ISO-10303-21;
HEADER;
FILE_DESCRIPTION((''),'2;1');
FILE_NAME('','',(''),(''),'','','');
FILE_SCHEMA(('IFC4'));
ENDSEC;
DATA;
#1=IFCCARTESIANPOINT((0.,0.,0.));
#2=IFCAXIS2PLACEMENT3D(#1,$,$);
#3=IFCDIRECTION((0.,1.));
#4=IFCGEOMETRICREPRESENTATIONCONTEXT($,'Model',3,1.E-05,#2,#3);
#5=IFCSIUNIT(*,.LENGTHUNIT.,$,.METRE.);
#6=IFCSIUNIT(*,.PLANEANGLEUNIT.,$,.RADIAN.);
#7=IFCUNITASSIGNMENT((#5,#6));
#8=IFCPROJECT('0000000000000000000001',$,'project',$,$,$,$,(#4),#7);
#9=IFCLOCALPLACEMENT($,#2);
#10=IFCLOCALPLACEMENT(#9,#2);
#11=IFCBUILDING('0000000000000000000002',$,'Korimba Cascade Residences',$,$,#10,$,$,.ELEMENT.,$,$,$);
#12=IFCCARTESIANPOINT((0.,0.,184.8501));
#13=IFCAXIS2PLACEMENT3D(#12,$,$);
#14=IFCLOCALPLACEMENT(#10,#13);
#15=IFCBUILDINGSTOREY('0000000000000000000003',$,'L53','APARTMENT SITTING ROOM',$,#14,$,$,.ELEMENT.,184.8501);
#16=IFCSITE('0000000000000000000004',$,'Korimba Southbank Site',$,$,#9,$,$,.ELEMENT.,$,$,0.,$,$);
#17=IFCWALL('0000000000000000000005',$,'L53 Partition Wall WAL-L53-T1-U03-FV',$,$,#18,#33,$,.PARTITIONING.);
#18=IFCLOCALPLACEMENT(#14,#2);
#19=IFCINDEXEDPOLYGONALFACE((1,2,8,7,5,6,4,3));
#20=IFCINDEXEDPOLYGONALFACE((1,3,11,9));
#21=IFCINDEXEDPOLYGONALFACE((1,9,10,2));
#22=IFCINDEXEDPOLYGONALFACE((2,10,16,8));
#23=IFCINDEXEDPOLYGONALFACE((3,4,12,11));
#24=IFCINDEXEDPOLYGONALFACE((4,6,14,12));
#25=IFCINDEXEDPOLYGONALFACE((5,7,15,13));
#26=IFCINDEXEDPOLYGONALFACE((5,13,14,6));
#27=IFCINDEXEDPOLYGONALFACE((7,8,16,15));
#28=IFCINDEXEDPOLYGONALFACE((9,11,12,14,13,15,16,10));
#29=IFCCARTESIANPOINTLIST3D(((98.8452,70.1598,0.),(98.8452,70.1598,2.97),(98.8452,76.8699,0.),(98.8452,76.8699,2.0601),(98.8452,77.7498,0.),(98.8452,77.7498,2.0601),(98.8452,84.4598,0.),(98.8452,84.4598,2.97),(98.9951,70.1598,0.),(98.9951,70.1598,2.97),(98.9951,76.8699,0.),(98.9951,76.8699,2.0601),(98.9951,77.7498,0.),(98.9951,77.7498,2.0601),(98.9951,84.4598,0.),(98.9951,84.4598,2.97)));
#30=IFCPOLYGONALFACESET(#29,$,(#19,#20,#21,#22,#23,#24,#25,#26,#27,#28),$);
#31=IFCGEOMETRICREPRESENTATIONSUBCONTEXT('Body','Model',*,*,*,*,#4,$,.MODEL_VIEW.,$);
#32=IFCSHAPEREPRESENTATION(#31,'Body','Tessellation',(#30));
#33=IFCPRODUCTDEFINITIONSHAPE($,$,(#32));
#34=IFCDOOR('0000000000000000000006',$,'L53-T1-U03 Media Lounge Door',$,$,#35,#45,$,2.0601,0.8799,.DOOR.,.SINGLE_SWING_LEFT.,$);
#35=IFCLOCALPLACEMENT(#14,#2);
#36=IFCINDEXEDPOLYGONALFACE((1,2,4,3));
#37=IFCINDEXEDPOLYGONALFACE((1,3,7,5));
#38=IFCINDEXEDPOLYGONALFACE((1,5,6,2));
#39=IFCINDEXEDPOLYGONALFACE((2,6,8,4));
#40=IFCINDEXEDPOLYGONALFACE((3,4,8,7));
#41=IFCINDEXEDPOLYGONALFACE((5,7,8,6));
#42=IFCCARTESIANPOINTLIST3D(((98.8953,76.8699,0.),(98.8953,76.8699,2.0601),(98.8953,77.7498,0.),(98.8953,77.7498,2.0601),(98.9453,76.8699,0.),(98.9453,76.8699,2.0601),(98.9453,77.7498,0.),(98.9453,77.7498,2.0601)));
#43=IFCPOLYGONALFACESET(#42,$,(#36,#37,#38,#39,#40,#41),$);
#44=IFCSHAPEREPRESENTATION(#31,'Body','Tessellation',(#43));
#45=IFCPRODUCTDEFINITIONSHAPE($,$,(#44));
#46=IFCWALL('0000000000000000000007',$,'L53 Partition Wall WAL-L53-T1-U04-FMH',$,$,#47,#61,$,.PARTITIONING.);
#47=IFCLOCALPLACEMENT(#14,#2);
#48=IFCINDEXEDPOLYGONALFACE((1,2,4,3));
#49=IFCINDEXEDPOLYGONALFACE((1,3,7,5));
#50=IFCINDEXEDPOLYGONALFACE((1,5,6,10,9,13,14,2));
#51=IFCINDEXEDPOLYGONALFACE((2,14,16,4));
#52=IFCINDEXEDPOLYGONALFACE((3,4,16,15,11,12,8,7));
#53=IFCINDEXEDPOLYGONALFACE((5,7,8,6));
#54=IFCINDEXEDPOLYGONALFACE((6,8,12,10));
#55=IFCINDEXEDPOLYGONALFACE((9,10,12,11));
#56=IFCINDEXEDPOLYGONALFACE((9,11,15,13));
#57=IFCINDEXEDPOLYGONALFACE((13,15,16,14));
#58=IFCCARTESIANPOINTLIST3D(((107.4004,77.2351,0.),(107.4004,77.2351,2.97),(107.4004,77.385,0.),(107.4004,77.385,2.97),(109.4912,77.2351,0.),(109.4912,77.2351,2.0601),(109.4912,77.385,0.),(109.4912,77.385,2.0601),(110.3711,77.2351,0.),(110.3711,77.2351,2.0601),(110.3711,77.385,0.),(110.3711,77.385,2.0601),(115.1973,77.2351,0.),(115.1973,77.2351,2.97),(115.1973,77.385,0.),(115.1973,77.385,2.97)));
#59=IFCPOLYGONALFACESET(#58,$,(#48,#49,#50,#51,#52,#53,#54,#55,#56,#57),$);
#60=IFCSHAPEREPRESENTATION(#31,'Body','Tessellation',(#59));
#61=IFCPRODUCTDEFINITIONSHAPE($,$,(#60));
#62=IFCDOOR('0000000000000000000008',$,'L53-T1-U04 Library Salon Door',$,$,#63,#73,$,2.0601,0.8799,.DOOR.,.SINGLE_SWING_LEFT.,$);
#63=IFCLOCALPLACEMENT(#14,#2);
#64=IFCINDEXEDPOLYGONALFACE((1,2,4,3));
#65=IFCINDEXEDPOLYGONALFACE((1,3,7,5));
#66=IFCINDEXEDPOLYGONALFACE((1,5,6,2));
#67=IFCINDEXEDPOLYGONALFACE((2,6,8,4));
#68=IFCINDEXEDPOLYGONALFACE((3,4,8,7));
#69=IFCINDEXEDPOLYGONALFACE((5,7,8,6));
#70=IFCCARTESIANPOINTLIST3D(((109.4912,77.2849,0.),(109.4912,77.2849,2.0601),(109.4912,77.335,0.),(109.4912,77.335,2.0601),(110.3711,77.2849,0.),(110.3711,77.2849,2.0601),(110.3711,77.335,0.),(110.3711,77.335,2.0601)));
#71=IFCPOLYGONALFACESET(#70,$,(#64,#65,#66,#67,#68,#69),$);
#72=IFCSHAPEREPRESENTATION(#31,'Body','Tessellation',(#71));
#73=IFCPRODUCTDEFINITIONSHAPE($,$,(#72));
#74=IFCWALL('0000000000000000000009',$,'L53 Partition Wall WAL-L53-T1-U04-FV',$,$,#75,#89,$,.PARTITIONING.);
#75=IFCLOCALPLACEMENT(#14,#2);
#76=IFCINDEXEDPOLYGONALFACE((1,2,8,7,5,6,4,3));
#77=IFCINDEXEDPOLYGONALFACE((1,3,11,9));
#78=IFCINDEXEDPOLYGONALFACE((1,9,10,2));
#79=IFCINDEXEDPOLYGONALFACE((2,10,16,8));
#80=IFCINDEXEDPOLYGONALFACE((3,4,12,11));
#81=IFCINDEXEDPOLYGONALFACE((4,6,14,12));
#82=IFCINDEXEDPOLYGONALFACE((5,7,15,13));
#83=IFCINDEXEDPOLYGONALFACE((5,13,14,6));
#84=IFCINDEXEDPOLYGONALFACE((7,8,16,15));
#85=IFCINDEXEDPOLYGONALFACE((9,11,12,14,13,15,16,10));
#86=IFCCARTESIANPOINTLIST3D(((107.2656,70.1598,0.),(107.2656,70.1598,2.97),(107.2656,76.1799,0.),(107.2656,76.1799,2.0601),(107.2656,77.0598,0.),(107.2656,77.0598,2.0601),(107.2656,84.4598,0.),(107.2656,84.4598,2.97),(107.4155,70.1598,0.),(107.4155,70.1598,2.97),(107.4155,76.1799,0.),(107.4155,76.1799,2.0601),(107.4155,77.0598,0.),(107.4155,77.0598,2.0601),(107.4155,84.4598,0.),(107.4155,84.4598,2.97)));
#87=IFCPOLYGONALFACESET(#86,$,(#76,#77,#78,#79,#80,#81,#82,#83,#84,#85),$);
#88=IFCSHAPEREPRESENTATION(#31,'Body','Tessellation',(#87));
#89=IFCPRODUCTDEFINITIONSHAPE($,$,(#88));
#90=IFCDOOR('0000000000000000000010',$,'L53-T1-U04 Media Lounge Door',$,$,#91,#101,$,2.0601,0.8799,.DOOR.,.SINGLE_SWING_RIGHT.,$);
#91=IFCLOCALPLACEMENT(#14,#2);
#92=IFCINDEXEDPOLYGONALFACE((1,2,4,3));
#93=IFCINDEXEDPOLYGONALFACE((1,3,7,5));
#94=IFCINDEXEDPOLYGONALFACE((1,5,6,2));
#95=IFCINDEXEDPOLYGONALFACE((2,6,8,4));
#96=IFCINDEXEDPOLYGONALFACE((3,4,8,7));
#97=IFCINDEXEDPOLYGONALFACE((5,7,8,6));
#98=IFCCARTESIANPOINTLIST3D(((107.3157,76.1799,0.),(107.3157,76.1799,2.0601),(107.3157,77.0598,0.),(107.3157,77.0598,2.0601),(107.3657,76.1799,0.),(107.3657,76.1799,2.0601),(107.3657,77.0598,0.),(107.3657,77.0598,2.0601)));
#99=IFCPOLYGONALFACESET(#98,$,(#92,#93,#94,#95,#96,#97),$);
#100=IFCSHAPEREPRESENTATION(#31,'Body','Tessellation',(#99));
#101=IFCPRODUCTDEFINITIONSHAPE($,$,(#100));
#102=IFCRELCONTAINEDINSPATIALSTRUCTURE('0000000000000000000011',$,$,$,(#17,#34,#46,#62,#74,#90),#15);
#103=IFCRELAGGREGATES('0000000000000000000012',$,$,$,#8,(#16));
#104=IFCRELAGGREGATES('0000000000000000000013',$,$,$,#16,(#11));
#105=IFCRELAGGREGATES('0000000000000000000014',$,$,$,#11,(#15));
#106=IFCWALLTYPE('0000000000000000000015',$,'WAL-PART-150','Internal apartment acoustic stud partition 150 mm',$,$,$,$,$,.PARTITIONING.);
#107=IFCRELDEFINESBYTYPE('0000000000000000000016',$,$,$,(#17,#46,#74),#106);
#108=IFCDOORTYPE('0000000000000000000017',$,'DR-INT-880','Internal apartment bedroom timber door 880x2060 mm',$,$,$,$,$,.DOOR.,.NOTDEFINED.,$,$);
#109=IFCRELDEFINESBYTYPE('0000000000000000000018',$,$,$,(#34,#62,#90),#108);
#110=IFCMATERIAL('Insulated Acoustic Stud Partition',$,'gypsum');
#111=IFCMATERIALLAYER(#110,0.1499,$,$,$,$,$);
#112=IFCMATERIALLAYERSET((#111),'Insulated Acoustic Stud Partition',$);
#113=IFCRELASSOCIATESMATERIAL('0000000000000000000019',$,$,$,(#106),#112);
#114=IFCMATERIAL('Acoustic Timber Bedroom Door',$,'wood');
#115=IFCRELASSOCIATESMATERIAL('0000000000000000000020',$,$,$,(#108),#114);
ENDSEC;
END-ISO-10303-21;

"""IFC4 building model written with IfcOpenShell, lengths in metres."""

from ifc_helpers import new_model, si_unit, direction, frame, frame_2d, origin, place, context, subcontext, project, spatial, rectangle, extrude, material, layer, layer_set, type_object, element, fill, save


model = new_model("IFC4")

# Units and contexts
model_context = context("Model", 3, precision=1e-05, world=origin(), true_north=direction((0.0, 1.0)))
body_context = subcontext(model_context, "Body", "Model", "MODEL_VIEW")
ifc_project = project(units=[si_unit("LENGTHUNIT", "METRE"), si_unit("PLANEANGLEUNIT", "RADIAN")], contexts=[model_context])

# Site, building, storey
site_placement = place(None, origin())
site = spatial("IfcSite", under=ifc_project, at=site_placement, Name="Korimba Southbank Site", CompositionType="ELEMENT", RefElevation=0.0)
building_placement = place(site_placement, origin())
building = spatial("IfcBuilding", under=site, at=building_placement, Name="Korimba Cascade Residences", CompositionType="ELEMENT")
storey_placement = place(building_placement, frame((0.0, 0.0, 184.8501)))
storey = spatial("IfcBuildingStorey", under=building, at=storey_placement, Name="L53", Description="APARTMENT SITTING ROOM", CompositionType="ELEMENT", Elevation=184.8501)

# Walls, openings, doors
ifc_material_1 = material(Name="Insulated Acoustic Stud Partition", Category="gypsum")
ifc_layer_1 = layer(ifc_material_1, 0.1499)
ifc_layer_set_1 = layer_set([ifc_layer_1], Name="Insulated Acoustic Stud Partition")
wall_type_1 = type_object("IfcWallType", Name="WAL-PART-150", Description="Internal apartment acoustic stud partition 150 mm", PredefinedType="PARTITIONING", material=ifc_layer_set_1)
wall_1_placement = place(storey_placement, frame((98.9202, 70.1599, 0.0), z_axis=(0.0, 0.0, 1.0), x_axis=(0.0, 1.0, 0.0)))
wall_1 = element("IfcWall", 1, at=wall_1_placement, inside=storey, type_object=wall_type_1, Name="L53 Partition Wall WAL-L53-T1-U03-FV", PredefinedType="PARTITIONING", context=body_context, shape_type="SweptSolid", body=[
    extrude(rectangle(XDim=14.3, YDim=0.1499, at=frame_2d((7.1499, 0.0))), origin(), (0.0, 0.0, 1.0), 2.97),
])
opening_1_placement = place(wall_1_placement, frame((6.71, 0.0, 0.0)))
opening_1 = element("IfcOpeningElement", 2, at=opening_1_placement, cuts=wall_1, PredefinedType="OPENING", context=body_context, shape_type="SweptSolid", body=[
    extrude(rectangle(XDim=0.8799, YDim=2.0601, at=frame_2d((0.4399, 1.03))), frame((0.0, 0.085, 0.0), z_axis=(0.0, -1.0, 0.0), x_axis=(1.0, 0.0, 0.0)), (0.0, 0.0, 1.0), 0.1699),
])
ifc_material_2 = material(Name="Acoustic Timber Bedroom Door", Category="wood")
door_type = type_object("IfcDoorType", Name="DR-INT-880", Description="Internal apartment bedroom timber door 880x2060 mm", OperationType="NOTDEFINED", PredefinedType="DOOR", material=ifc_material_2)
door_1_placement = place(opening_1_placement, origin())
door_1 = element("IfcDoor", 3, at=door_1_placement, inside=storey, type_object=door_type, Name="L53-T1-U03 Media Lounge Door", OperationType="SINGLE_SWING_LEFT", OverallHeight=2.0601, OverallWidth=0.8799, PredefinedType="DOOR", context=body_context, shape_type="SweptSolid", body=[
    extrude(rectangle(XDim=0.8799, YDim=2.0601, at=frame_2d((0.4399, 1.03))), frame((0.0, 0.0249, 0.0), z_axis=(0.0, -1.0, 0.0), x_axis=(1.0, 0.0, 0.0)), (0.0, 0.0, 1.0), 0.05),
])
fill(opening_1, door_1)
wall_2_placement = place(storey_placement, frame((107.4004, 77.3101, 0.0), z_axis=(0.0, 0.0, 1.0), x_axis=(1.0, 0.0, 0.0)))
wall_2 = element("IfcWall", 4, at=wall_2_placement, inside=storey, type_object=wall_type_1, Name="L53 Partition Wall WAL-L53-T1-U04-FMH", PredefinedType="PARTITIONING", context=body_context, shape_type="SweptSolid", body=[
    extrude(rectangle(XDim=7.7969, YDim=0.1499, at=frame_2d((3.8984, 0.0))), origin(), (0.0, 0.0, 1.0), 2.97),
])
opening_2_placement = place(wall_2_placement, frame((2.0908, 0.0, 0.0)))
opening_2 = element("IfcOpeningElement", 5, at=opening_2_placement, cuts=wall_2, PredefinedType="OPENING", context=body_context, shape_type="SweptSolid", body=[
    extrude(rectangle(XDim=0.8799, YDim=2.0601, at=frame_2d((0.4399, 1.03))), frame((0.0, 0.085, 0.0), z_axis=(0.0, -1.0, 0.0), x_axis=(1.0, 0.0, 0.0)), (0.0, 0.0, 1.0), 0.1699),
])
door_2_placement = place(opening_2_placement, origin())
door_2 = element("IfcDoor", 6, at=door_2_placement, inside=storey, type_object=door_type, Name="L53-T1-U04 Library Salon Door", OperationType="SINGLE_SWING_LEFT", OverallHeight=2.0601, OverallWidth=0.8799, PredefinedType="DOOR", context=body_context, shape_type="SweptSolid", body=[
    extrude(rectangle(XDim=0.8799, YDim=2.0601, at=frame_2d((0.4399, 1.03))), frame((0.0, 0.0249, 0.0), z_axis=(0.0, -1.0, 0.0), x_axis=(1.0, 0.0, 0.0)), (0.0, 0.0, 1.0), 0.05),
])
fill(opening_2, door_2)
wall_3_placement = place(storey_placement, frame((107.3406, 70.1599, 0.0), z_axis=(0.0, 0.0, 1.0), x_axis=(0.0, 1.0, 0.0)))
wall_3 = element("IfcWall", 7, at=wall_3_placement, inside=storey, type_object=wall_type_1, Name="L53 Partition Wall WAL-L53-T1-U04-FV", PredefinedType="PARTITIONING", context=body_context, shape_type="SweptSolid", body=[
    extrude(rectangle(XDim=14.3, YDim=0.1499, at=frame_2d((7.1499, 0.0))), origin(), (0.0, 0.0, 1.0), 2.97),
])
opening_3_placement = place(wall_3_placement, frame((6.02, 0.0, 0.0)))
opening_3 = element("IfcOpeningElement", 8, at=opening_3_placement, cuts=wall_3, PredefinedType="OPENING", context=body_context, shape_type="SweptSolid", body=[
    extrude(rectangle(XDim=0.8799, YDim=2.0601, at=frame_2d((0.4399, 1.03))), frame((0.0, 0.085, 0.0), z_axis=(0.0, -1.0, 0.0), x_axis=(1.0, 0.0, 0.0)), (0.0, 0.0, 1.0), 0.1699),
])
door_3_placement = place(opening_3_placement, origin())
door_3 = element("IfcDoor", 9, at=door_3_placement, inside=storey, type_object=door_type, Name="L53-T1-U04 Media Lounge Door", OperationType="SINGLE_SWING_RIGHT", OverallHeight=2.0601, OverallWidth=0.8799, PredefinedType="DOOR", context=body_context, shape_type="SweptSolid", body=[
    extrude(rectangle(XDim=0.8799, YDim=2.0601, at=frame_2d((0.4399, 1.03))), frame((0.0, 0.0249, 0.0), z_axis=(0.0, -1.0, 0.0), x_axis=(1.0, 0.0, 0.0)), (0.0, 0.0, 1.0), 0.05),
])
fill(opening_3, door_3)

save(model, "model.ifc")
